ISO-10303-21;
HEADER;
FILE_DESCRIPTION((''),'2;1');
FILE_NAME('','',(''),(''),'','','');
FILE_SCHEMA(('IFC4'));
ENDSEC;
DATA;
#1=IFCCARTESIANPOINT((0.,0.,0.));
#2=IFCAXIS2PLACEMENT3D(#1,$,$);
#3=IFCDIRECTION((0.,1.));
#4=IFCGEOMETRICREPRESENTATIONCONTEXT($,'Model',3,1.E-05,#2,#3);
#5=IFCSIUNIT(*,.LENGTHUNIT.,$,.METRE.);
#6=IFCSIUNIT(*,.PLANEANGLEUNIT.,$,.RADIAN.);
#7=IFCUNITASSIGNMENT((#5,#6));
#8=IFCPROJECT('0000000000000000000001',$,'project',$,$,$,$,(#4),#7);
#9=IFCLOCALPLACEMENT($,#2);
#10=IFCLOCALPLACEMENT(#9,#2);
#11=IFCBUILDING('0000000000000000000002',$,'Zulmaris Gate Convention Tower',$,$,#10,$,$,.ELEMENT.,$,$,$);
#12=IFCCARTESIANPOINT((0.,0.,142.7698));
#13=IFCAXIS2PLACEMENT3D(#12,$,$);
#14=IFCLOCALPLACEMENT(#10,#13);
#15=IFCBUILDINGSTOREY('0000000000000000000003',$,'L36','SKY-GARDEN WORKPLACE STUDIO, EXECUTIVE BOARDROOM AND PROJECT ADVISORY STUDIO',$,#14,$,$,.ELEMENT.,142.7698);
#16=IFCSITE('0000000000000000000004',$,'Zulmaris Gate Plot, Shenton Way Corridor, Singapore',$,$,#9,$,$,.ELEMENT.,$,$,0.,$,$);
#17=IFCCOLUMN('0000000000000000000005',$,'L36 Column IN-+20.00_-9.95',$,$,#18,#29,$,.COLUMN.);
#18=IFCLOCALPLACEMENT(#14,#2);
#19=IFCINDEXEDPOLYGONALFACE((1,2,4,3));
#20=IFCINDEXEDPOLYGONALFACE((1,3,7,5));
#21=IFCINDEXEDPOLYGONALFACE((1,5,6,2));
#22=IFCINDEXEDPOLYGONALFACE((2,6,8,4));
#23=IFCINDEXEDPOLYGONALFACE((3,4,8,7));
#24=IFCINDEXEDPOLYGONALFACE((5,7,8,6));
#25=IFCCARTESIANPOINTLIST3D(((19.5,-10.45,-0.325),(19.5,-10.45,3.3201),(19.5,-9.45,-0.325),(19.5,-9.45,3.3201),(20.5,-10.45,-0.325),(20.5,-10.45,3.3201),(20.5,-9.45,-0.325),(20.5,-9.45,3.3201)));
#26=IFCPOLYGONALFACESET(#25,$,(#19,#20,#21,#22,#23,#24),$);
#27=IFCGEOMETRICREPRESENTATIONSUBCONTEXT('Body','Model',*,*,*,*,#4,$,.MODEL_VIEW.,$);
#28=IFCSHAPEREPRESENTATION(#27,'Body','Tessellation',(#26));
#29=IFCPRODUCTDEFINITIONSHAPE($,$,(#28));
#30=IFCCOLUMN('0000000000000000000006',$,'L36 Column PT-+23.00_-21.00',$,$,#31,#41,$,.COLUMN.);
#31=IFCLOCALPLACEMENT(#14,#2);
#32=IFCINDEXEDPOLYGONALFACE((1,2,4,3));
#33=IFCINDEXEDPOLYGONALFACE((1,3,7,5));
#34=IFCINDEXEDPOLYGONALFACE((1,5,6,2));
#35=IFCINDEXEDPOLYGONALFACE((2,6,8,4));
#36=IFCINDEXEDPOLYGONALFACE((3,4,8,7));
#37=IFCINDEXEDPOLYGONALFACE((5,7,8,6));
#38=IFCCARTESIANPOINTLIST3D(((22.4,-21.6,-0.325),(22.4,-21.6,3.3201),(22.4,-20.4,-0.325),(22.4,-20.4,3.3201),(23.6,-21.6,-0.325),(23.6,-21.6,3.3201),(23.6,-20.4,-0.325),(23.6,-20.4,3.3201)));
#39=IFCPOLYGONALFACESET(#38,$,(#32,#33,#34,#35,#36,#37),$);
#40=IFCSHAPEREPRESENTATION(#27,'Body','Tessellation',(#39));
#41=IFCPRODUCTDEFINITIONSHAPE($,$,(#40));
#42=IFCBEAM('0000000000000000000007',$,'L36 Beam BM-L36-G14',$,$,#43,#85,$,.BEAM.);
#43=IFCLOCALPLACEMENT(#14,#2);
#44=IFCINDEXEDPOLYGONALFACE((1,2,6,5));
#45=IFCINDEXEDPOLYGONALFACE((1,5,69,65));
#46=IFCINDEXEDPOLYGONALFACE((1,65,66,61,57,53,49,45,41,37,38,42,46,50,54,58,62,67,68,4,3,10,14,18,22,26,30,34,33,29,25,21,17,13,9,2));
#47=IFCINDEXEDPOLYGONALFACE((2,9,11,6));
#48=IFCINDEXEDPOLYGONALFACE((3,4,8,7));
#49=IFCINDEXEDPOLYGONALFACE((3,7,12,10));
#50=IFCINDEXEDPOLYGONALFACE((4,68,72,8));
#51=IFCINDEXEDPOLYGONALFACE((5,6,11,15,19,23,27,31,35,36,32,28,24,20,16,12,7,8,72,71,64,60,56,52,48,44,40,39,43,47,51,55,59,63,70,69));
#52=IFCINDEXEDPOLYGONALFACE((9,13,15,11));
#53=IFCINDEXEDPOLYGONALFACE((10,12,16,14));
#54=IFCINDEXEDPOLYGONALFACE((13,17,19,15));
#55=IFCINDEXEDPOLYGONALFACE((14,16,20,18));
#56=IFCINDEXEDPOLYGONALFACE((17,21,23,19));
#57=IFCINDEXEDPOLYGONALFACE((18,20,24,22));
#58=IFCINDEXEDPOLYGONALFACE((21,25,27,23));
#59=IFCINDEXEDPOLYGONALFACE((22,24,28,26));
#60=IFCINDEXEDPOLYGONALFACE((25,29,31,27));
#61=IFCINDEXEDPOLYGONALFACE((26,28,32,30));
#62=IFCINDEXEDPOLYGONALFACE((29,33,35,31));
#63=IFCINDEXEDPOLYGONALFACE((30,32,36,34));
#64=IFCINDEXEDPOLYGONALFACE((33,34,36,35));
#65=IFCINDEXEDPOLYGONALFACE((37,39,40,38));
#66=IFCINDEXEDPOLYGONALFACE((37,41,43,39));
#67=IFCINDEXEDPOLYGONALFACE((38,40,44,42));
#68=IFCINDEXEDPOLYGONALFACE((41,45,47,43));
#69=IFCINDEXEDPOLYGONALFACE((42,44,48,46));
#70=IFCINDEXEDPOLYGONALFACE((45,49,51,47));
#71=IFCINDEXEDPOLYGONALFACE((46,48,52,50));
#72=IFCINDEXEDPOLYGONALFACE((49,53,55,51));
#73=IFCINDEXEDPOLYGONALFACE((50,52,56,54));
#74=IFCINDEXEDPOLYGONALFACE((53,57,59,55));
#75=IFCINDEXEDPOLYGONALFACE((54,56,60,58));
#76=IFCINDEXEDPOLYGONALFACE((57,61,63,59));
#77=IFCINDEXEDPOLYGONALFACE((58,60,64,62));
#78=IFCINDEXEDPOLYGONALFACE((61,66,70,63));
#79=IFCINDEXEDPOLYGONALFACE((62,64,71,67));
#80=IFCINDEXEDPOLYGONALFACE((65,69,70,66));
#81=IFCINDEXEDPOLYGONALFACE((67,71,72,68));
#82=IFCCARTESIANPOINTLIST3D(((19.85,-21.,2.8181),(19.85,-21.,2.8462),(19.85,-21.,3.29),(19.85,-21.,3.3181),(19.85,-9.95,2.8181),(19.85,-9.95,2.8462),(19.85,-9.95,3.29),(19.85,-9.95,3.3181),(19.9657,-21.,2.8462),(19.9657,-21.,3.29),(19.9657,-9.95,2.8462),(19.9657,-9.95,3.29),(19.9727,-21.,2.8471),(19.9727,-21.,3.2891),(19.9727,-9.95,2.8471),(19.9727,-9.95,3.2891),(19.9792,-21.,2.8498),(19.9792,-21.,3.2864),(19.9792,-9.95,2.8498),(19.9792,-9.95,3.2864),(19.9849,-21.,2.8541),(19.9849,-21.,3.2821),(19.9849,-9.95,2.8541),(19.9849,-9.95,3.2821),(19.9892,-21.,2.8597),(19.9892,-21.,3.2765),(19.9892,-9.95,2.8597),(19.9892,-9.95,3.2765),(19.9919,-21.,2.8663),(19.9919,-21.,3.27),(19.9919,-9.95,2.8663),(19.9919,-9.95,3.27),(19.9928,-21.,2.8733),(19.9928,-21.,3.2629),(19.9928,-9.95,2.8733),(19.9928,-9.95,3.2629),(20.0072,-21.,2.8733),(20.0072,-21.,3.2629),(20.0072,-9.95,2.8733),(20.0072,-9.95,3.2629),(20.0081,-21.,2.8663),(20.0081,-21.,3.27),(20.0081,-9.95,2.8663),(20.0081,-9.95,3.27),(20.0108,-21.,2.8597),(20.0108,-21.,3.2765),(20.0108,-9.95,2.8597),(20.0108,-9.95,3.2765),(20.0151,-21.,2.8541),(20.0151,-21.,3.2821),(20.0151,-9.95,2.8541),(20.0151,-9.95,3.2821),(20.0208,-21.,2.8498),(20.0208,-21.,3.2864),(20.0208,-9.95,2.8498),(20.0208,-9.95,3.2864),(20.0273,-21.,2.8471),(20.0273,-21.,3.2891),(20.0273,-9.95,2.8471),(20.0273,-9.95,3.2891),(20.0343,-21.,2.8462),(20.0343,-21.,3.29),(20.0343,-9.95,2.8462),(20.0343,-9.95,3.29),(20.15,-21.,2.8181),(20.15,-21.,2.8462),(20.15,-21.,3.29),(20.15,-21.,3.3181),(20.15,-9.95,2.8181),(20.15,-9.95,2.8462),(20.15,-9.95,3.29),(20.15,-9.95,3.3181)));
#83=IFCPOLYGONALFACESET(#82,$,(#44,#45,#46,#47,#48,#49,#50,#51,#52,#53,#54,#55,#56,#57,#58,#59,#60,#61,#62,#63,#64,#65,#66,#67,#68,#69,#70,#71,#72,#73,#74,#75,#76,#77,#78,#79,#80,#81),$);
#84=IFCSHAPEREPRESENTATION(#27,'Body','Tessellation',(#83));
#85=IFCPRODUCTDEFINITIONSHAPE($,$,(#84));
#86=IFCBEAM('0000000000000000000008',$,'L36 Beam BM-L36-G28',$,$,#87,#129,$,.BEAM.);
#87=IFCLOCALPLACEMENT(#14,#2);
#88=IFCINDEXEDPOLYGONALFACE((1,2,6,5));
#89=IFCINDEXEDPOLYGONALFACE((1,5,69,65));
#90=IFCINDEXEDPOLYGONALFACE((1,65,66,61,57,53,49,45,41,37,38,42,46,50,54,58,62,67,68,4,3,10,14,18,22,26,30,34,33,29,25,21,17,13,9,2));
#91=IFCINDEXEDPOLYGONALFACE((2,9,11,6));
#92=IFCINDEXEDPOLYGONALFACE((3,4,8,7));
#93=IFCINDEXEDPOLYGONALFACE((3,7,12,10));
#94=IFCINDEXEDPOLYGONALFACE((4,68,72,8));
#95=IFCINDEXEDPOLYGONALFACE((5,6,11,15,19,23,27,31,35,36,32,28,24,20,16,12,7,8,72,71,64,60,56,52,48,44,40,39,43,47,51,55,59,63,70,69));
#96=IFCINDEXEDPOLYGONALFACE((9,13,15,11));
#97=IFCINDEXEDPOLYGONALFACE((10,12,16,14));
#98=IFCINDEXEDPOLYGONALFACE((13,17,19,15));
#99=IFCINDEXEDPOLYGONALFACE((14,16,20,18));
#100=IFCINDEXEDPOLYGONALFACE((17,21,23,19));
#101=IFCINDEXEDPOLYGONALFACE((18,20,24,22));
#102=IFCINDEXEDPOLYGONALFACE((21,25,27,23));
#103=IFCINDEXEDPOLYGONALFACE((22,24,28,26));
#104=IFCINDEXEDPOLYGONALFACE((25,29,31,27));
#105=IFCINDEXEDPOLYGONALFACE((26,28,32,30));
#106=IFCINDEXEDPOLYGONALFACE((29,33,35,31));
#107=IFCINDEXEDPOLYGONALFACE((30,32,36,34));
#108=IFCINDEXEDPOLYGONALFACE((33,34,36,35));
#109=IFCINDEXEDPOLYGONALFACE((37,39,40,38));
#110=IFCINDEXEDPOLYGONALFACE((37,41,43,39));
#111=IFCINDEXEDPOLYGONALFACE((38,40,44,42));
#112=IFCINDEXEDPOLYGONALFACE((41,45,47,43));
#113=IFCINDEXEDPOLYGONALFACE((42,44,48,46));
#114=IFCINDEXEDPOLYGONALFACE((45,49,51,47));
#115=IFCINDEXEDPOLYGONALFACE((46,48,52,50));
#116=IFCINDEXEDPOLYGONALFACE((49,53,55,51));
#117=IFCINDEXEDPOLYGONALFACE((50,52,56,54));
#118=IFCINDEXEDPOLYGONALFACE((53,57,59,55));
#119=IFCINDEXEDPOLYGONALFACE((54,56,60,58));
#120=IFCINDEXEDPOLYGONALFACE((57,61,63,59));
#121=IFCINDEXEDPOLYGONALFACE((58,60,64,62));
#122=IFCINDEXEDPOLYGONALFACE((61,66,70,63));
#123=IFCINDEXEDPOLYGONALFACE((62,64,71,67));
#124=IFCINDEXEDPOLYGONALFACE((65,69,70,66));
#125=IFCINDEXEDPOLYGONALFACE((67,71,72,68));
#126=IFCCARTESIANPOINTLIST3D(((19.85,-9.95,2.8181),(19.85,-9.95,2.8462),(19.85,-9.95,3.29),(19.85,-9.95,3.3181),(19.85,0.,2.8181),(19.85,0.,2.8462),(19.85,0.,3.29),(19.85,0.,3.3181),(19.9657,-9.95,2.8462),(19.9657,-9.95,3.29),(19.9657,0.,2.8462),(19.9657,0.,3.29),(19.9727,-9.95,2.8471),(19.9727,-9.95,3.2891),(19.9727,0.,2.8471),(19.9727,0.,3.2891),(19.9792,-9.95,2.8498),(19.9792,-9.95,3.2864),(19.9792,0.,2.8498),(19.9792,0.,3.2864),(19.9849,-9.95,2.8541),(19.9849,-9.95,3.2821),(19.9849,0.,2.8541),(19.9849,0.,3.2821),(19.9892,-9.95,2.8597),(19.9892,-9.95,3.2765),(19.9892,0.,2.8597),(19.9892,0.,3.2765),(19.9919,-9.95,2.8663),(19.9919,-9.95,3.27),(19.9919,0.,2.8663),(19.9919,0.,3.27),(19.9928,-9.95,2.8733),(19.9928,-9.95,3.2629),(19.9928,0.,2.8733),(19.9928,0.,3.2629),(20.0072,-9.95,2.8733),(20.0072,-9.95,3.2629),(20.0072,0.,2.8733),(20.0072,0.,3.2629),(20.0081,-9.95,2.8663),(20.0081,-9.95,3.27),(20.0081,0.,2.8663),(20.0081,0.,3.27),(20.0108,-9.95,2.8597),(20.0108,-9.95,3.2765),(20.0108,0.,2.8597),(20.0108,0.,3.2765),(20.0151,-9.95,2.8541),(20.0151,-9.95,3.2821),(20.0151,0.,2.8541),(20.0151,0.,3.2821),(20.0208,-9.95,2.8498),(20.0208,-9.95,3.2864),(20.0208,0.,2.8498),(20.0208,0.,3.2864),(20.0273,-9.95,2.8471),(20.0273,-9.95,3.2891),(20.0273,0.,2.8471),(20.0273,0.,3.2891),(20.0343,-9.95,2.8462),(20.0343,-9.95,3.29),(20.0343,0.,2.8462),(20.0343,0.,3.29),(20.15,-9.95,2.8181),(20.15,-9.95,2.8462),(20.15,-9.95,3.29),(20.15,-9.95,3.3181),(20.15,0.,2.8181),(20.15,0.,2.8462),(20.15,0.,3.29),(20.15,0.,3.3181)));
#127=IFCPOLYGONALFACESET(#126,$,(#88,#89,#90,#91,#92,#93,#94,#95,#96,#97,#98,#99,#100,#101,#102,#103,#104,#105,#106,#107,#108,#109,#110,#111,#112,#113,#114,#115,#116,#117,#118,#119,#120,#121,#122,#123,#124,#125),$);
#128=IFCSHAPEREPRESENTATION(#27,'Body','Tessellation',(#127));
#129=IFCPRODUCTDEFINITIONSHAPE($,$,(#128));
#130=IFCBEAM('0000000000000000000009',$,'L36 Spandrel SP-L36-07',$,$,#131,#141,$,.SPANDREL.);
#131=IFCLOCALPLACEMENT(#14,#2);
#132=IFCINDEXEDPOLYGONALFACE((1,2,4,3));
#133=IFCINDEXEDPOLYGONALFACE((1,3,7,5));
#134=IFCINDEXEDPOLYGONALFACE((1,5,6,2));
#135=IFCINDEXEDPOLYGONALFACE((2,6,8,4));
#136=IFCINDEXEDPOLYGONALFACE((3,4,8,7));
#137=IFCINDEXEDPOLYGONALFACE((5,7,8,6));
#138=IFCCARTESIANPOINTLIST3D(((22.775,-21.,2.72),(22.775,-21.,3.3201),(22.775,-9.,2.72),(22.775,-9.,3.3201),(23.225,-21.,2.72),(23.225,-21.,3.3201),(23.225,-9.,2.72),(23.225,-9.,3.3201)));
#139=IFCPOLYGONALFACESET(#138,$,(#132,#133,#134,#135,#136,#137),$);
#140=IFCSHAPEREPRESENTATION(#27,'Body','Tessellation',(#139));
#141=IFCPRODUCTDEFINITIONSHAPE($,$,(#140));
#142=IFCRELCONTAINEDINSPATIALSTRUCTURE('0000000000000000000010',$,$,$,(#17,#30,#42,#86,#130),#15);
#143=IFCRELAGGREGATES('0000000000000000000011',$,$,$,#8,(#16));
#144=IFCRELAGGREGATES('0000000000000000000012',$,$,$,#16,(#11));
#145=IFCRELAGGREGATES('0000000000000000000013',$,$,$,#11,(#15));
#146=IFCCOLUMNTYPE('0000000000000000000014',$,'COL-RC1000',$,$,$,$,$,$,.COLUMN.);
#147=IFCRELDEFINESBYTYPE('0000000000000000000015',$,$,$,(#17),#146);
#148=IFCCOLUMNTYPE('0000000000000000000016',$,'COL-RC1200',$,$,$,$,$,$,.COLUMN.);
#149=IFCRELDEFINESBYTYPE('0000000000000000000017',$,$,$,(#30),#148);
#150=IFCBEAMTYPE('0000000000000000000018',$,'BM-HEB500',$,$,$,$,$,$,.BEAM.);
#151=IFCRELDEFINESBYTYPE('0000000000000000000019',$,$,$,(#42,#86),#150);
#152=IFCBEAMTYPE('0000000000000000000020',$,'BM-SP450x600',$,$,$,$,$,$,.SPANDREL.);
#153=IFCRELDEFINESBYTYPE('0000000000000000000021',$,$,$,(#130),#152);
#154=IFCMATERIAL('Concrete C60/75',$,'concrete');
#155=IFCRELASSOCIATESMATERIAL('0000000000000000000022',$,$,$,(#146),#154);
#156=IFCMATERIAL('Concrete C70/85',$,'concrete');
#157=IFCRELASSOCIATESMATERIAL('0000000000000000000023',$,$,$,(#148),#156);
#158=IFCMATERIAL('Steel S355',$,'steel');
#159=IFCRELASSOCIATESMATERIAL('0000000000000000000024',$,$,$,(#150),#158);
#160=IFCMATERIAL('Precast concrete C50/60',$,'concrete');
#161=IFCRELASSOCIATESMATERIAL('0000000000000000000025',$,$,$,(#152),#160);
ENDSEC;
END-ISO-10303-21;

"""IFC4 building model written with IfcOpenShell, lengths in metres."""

from ifc_helpers import new_model, si_unit, direction, frame, origin, origin_2d, place, context, subcontext, project, spatial, rectangle, i_section, extrude, material, material_profile, profile_set, type_object, element, save


model = new_model("IFC4")

# Units and contexts
model_context = context("Model", 3, precision=1e-05, world=origin(), true_north=direction((0.0, 1.0)))
body_context = subcontext(model_context, "Body", "Model", "MODEL_VIEW")
ifc_project = project(units=[si_unit("LENGTHUNIT", "METRE"), si_unit("PLANEANGLEUNIT", "RADIAN")], contexts=[model_context])

# Site, building, storey
site_placement = place(None, origin())
site = spatial("IfcSite", under=ifc_project, at=site_placement, Name="Zulmaris Gate Plot, Shenton Way Corridor, Singapore", CompositionType="ELEMENT", RefElevation=0.0)
building_placement = place(site_placement, origin())
building = spatial("IfcBuilding", under=site, at=building_placement, Name="Zulmaris Gate Convention Tower", CompositionType="ELEMENT")
storey_placement = place(building_placement, frame((0.0, 0.0, 142.7698)))
storey = spatial("IfcBuildingStorey", under=building, at=storey_placement, Name="L36", Description="SKY-GARDEN WORKPLACE STUDIO, EXECUTIVE BOARDROOM AND PROJECT ADVISORY STUDIO", CompositionType="ELEMENT", Elevation=142.7698)

# Columns
ifc_material_1 = material(Name="Concrete C60/75", Category="concrete")
ifc_material_profile_1 = material_profile(ifc_material_1, rectangle(XDim=1.0, YDim=1.0, at=origin_2d()), Name="RC COL 1000x1000")
ifc_profile_set_1 = profile_set([ifc_material_profile_1], Name="Concrete C60/75")
column_type_1 = type_object("IfcColumnType", Name="COL-RC1000", PredefinedType="COLUMN", material=ifc_profile_set_1)
column_1_placement = place(storey_placement, frame((20.0, -9.95, -0.325), z_axis=(0.0, 0.0, 1.0), x_axis=(1.0, 0.0, 0.0)))
element("IfcColumn", 1, at=column_1_placement, inside=storey, type_object=column_type_1, Name="L36 Column IN-+20.00_-9.95", PredefinedType="COLUMN", context=body_context, shape_type="SweptSolid", body=[
    extrude(rectangle(XDim=1.0, YDim=1.0, at=origin_2d()), origin(), (0.0, 0.0, 1.0), 3.645),
])
ifc_material_2 = material(Name="Concrete C70/85", Category="concrete")
ifc_material_profile_2 = material_profile(ifc_material_2, rectangle(XDim=1.2, YDim=1.2, at=origin_2d()), Name="RC COL 1200x1200")
ifc_profile_set_2 = profile_set([ifc_material_profile_2], Name="Concrete C70/85")
column_type_2 = type_object("IfcColumnType", Name="COL-RC1200", PredefinedType="COLUMN", material=ifc_profile_set_2)
column_2_placement = place(storey_placement, frame((23.0, -21.0, -0.325), z_axis=(0.0, 0.0, 1.0), x_axis=(1.0, 0.0, 0.0)))
element("IfcColumn", 2, at=column_2_placement, inside=storey, type_object=column_type_2, Name="L36 Column PT-+23.00_-21.00", PredefinedType="COLUMN", context=body_context, shape_type="SweptSolid", body=[
    extrude(rectangle(XDim=1.2, YDim=1.2, at=origin_2d()), origin(), (0.0, 0.0, 1.0), 3.645),
])

# Beams
ifc_material_3 = material(Name="Steel S355", Category="steel")
ifc_material_profile_3 = material_profile(ifc_material_3, i_section(OverallWidth=0.3, OverallDepth=0.5, WebThickness=0.0144, FlangeThickness=0.0281, FilletRadius=0.0271, at=origin_2d()), Name="HEB 500")
ifc_profile_set_3 = profile_set([ifc_material_profile_3], Name="Steel S355")
beam_type_1 = type_object("IfcBeamType", Name="BM-HEB500", PredefinedType="BEAM", material=ifc_profile_set_3)
beam_1_placement = place(storey_placement, frame((20.0, -21.0, 3.0681), z_axis=(0.0, 1.0, 0.0), x_axis=(-1.0, 0.0, 0.0)))
element("IfcBeam", 3, at=beam_1_placement, inside=storey, type_object=beam_type_1, Name="L36 Beam BM-L36-G14", PredefinedType="BEAM", context=body_context, shape_type="SweptSolid", body=[
    extrude(i_section(OverallWidth=0.3, OverallDepth=0.5, WebThickness=0.0144, FlangeThickness=0.0281, FilletRadius=0.0271, at=origin_2d()), origin(), (0.0, 0.0, 1.0), 11.05),
])
beam_2_placement = place(storey_placement, frame((20.0, -9.95, 3.0681), z_axis=(0.0, 1.0, 0.0), x_axis=(-1.0, 0.0, 0.0)))
element("IfcBeam", 4, at=beam_2_placement, inside=storey, type_object=beam_type_1, Name="L36 Beam BM-L36-G28", PredefinedType="BEAM", context=body_context, shape_type="SweptSolid", body=[
    extrude(i_section(OverallWidth=0.3, OverallDepth=0.5, WebThickness=0.0144, FlangeThickness=0.0281, FilletRadius=0.0271, at=origin_2d()), origin(), (0.0, 0.0, 1.0), 9.95),
])
ifc_material_4 = material(Name="Precast concrete C50/60", Category="concrete")
ifc_material_profile_4 = material_profile(ifc_material_4, rectangle(XDim=0.45, YDim=0.6001, at=origin_2d()), Name="RC SPANDREL 450x600")
ifc_profile_set_4 = profile_set([ifc_material_profile_4], Name="Precast concrete C50/60")
beam_type_2 = type_object("IfcBeamType", Name="BM-SP450x600", PredefinedType="SPANDREL", material=ifc_profile_set_4)
beam_3_placement = place(storey_placement, frame((23.0, -21.0, 3.02), z_axis=(0.0, 1.0, 0.0), x_axis=(-1.0, 0.0, 0.0)))
element("IfcBeam", 5, at=beam_3_placement, inside=storey, type_object=beam_type_2, Name="L36 Spandrel SP-L36-07", PredefinedType="SPANDREL", context=body_context, shape_type="SweptSolid", body=[
    extrude(rectangle(XDim=0.45, YDim=0.6001, at=origin_2d()), origin(), (0.0, 0.0, 1.0), 12.0),
])

save(model, "model.ifc")
